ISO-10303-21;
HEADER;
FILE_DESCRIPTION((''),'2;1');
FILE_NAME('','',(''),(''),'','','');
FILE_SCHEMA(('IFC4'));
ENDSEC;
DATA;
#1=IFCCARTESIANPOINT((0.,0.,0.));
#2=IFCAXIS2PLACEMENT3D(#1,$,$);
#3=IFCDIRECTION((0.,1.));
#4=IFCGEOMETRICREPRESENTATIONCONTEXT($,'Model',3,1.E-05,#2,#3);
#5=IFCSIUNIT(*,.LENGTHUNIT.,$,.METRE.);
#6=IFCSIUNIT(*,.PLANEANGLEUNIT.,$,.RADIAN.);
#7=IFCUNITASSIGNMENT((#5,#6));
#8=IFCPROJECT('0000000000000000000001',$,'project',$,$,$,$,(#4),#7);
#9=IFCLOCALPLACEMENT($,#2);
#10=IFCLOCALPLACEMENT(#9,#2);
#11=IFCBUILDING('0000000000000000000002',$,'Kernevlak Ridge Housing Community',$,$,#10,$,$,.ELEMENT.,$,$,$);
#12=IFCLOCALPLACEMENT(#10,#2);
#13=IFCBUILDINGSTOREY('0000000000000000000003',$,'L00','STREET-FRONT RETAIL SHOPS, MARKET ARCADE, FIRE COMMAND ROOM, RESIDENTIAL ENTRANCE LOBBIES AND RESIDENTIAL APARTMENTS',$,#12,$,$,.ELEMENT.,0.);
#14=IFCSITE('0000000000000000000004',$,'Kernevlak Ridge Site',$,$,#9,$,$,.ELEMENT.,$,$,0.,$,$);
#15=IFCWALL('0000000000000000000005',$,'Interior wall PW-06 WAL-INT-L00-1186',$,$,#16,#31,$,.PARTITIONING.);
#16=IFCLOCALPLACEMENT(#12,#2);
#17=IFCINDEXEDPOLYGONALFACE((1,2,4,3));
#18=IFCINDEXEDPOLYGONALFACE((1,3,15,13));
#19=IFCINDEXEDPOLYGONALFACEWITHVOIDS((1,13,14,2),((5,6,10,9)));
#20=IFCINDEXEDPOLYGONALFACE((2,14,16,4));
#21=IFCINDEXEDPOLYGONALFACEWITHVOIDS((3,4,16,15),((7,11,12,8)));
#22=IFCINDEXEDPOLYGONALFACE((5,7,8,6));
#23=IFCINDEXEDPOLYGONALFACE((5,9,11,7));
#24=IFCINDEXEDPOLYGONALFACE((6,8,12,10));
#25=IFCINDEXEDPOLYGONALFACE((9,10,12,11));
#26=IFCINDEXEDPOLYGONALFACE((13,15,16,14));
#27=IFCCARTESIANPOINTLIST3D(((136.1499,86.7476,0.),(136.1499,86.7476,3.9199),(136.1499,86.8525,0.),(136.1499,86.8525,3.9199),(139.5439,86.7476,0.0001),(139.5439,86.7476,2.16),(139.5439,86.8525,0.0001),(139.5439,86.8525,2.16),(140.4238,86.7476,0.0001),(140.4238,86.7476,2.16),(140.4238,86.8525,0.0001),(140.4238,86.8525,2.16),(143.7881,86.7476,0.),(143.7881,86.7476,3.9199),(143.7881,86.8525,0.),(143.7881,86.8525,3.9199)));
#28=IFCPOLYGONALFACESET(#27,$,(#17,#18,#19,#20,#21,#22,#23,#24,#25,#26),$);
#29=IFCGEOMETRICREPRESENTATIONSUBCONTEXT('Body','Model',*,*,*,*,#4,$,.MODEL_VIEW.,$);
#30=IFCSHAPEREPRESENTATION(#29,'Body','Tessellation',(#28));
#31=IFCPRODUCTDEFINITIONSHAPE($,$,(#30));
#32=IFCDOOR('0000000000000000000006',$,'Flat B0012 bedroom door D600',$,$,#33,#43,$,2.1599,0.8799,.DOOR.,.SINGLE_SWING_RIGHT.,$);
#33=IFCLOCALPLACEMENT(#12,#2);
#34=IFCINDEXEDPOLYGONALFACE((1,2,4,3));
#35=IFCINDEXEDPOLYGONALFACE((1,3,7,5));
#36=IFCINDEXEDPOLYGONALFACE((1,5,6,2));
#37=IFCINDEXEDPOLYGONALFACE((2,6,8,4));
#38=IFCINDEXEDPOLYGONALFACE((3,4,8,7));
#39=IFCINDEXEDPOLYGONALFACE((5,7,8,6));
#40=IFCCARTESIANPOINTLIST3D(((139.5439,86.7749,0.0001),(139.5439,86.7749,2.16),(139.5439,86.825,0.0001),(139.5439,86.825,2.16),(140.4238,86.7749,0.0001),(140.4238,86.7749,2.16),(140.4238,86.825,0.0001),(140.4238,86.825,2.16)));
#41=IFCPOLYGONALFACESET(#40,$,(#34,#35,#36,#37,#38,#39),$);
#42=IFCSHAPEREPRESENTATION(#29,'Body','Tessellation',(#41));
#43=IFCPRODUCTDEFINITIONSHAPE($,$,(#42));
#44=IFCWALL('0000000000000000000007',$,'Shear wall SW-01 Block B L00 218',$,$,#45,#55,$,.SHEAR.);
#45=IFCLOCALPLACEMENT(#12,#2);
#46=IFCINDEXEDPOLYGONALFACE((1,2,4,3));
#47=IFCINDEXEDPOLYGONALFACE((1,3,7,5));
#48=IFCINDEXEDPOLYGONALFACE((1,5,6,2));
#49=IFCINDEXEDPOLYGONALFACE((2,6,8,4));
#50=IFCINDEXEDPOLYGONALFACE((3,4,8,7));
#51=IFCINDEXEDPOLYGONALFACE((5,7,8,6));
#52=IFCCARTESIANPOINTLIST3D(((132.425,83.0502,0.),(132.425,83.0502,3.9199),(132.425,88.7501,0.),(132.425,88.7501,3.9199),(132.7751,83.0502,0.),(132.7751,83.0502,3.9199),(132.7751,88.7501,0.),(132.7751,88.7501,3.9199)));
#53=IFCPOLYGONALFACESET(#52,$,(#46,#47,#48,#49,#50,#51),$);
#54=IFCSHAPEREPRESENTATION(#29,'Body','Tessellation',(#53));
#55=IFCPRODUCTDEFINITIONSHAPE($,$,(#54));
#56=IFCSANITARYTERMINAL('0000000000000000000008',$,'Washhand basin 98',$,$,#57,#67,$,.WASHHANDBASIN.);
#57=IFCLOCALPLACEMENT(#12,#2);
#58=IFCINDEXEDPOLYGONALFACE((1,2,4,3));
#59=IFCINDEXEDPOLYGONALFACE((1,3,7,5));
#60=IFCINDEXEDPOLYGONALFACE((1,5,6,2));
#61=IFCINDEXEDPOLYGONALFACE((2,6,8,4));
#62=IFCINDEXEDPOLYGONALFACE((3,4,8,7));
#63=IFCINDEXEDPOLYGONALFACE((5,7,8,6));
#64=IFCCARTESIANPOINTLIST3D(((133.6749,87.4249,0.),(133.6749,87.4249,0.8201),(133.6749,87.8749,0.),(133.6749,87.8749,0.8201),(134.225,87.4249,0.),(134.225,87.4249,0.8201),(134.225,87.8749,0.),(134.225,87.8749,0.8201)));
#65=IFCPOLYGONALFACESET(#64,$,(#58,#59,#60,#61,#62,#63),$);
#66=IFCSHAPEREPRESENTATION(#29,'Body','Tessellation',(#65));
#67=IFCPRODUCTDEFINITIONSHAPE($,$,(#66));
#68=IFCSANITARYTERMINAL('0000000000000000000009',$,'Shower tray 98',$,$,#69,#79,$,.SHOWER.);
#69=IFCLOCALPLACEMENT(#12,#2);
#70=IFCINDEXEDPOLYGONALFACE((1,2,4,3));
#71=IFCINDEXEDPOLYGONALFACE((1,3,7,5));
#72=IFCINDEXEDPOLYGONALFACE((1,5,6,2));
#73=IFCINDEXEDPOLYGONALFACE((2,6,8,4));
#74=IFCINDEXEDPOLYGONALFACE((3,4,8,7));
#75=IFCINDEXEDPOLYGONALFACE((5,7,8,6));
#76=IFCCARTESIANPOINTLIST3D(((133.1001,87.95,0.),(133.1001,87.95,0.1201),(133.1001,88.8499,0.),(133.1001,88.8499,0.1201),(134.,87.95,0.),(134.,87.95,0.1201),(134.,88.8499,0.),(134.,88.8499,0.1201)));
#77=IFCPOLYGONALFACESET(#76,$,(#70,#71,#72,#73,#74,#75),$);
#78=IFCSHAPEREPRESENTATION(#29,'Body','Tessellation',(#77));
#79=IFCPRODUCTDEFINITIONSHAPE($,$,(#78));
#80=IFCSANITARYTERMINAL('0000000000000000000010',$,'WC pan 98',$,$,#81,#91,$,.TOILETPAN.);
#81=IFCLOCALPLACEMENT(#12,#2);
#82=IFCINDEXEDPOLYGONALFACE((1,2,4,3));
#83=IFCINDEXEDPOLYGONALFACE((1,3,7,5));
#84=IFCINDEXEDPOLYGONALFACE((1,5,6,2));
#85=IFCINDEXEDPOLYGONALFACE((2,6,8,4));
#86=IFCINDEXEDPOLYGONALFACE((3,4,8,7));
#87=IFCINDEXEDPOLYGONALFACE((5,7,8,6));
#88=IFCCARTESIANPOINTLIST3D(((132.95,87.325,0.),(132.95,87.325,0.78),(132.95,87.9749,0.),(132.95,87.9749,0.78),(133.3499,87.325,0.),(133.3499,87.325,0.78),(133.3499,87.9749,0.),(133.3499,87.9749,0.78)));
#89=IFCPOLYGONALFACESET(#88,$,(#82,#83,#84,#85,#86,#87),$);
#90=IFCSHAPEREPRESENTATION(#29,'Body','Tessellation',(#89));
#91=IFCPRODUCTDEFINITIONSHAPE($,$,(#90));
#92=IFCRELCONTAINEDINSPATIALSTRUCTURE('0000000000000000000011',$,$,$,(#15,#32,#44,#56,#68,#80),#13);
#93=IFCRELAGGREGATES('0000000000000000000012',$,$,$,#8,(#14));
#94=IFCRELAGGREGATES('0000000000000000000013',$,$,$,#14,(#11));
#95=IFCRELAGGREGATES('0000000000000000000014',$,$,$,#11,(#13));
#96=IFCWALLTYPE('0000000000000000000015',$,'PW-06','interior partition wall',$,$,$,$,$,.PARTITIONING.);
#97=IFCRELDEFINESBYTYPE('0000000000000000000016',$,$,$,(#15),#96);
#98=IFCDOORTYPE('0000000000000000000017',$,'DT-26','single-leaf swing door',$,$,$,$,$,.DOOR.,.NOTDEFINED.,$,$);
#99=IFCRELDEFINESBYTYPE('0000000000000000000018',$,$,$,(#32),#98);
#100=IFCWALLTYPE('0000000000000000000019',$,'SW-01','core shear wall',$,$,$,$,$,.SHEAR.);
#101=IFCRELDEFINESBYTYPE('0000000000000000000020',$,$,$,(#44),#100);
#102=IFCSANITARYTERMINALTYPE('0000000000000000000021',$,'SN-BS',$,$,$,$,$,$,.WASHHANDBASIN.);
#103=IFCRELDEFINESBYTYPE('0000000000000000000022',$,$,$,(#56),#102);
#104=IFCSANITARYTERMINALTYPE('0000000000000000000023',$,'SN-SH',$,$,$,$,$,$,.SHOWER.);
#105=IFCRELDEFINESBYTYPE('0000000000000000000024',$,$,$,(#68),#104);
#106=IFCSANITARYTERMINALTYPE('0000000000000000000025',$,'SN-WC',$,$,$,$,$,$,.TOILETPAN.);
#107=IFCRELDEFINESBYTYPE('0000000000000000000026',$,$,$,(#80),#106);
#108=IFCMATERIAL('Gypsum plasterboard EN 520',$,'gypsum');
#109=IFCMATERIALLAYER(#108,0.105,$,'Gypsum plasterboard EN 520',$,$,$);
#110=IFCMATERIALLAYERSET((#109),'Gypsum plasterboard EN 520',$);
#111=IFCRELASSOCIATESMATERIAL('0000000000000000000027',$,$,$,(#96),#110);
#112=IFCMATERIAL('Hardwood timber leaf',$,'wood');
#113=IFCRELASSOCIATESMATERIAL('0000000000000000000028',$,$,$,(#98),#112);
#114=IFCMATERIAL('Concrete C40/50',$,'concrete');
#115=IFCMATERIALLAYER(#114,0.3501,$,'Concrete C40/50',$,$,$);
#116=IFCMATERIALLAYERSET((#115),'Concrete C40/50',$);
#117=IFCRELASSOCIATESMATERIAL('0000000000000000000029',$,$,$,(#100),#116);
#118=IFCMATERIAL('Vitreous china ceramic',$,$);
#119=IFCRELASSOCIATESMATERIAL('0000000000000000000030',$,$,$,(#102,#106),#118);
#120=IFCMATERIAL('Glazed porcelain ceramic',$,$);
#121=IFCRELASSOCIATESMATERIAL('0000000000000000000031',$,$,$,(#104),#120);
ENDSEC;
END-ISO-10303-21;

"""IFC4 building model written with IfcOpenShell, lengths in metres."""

from ifc_helpers import new_model, si_unit, direction, frame, frame_2d, origin, origin_2d, place, context, subcontext, project, spatial, rectangle, extrude, material, layer, layer_set, type_object, element, fill, save


model = new_model("IFC4")

# Units and contexts
model_context = context("Model", 3, precision=1e-05, world=origin(), true_north=direction((0.0, 1.0)))
body_context = subcontext(model_context, "Body", "Model", "MODEL_VIEW")
ifc_project = project(units=[si_unit("LENGTHUNIT", "METRE"), si_unit("PLANEANGLEUNIT", "RADIAN")], contexts=[model_context])

# Site, building, storey
site_placement = place(None, origin())
site = spatial("IfcSite", under=ifc_project, at=site_placement, Name="Kernevlak Ridge Site", CompositionType="ELEMENT", RefElevation=0.0)
building_placement = place(site_placement, origin())
building = spatial("IfcBuilding", under=site, at=building_placement, Name="Kernevlak Ridge Housing Community", CompositionType="ELEMENT")
storey_placement = place(building_placement, origin())
storey = spatial("IfcBuildingStorey", under=building, at=storey_placement, Name="L00", Description="STREET-FRONT RETAIL SHOPS, MARKET ARCADE, FIRE COMMAND ROOM, RESIDENTIAL ENTRANCE LOBBIES AND RESIDENTIAL APARTMENTS", CompositionType="ELEMENT", Elevation=0.0)

# Shared definitions
ifc_material_1 = material(Name="Concrete C40/50", Category="concrete")

# Shared definitions
ifc_material_2 = material(Name="Hardwood timber leaf", Category="wood")

# Shared definitions
ifc_material_3 = material(Name="Gypsum plasterboard EN 520", Category="gypsum")

# Wall, opening, door
ifc_layer_1 = layer(ifc_material_3, 0.105, Name="Gypsum plasterboard EN 520")
ifc_layer_set_1 = layer_set([ifc_layer_1], Name="Gypsum plasterboard EN 520")
wall_type_1 = type_object("IfcWallType", Name="PW-06", Description="interior partition wall", PredefinedType="PARTITIONING", material=ifc_layer_set_1)
wall_1_placement = place(storey_placement, frame((136.1499, 86.8, 0.0), z_axis=(0.0, 0.0, 1.0), x_axis=(1.0, 0.0, 0.0)))
wall_1 = element("IfcWall", 1, at=wall_1_placement, inside=storey, type_object=wall_type_1, Name="Interior wall PW-06 WAL-INT-L00-1186", PredefinedType="PARTITIONING", context=body_context, shape_type="SweptSolid", body=[
    extrude(rectangle(XDim=7.6382, YDim=0.105, at=frame_2d((3.8191, 0.0))), origin(), (0.0, 0.0, 1.0), 3.9199),
])
opening_1_placement = place(wall_1_placement, frame((3.394, 0.0, 0.0)))
opening_1 = element("IfcOpeningElement", 2, at=opening_1_placement, cuts=wall_1, PredefinedType="OPENING", context=body_context, shape_type="SweptSolid", body=[
    extrude(rectangle(XDim=0.8799, YDim=2.1599, at=frame_2d((0.4399, 1.0801))), frame((0.0, 0.0625, 0.0), z_axis=(0.0, -1.0, 0.0), x_axis=(1.0, 0.0, 0.0)), (0.0, 0.0, 1.0), 0.125),
])
door_type_1 = type_object("IfcDoorType", Name="DT-26", Description="single-leaf swing door", OperationType="NOTDEFINED", PredefinedType="DOOR", material=ifc_material_2)
door_1_placement = place(opening_1_placement, origin())
door_1 = element("IfcDoor", 3, at=door_1_placement, inside=storey, type_object=door_type_1, Name="Flat B0012 bedroom door D600", OperationType="SINGLE_SWING_RIGHT", OverallHeight=2.1599, OverallWidth=0.8799, PredefinedType="DOOR", context=body_context, shape_type="SweptSolid", body=[
    extrude(rectangle(XDim=0.8799, YDim=2.1599, at=frame_2d((0.4399, 1.0801))), frame((0.0, 0.0249, 0.0), z_axis=(0.0, -1.0, 0.0), x_axis=(1.0, 0.0, 0.0)), (0.0, 0.0, 1.0), 0.05),
])
fill(opening_1, door_1)

# Wall
ifc_layer_2 = layer(ifc_material_1, 0.3501, Name="Concrete C40/50")
ifc_layer_set_2 = layer_set([ifc_layer_2], Name="Concrete C40/50")
wall_type_2 = type_object("IfcWallType", Name="SW-01", Description="core shear wall", PredefinedType="SHEAR", material=ifc_layer_set_2)
wall_2_placement = place(storey_placement, frame((132.6001, 83.05, 0.0), z_axis=(0.0, 0.0, 1.0), x_axis=(0.0, 1.0, 0.0)))
element("IfcWall", 4, at=wall_2_placement, inside=storey, type_object=wall_type_2, Name="Shear wall SW-01 Block B L00 218", PredefinedType="SHEAR", context=body_context, shape_type="SweptSolid", body=[
    extrude(rectangle(XDim=5.7, YDim=0.3501, at=frame_2d((2.8501, 0.0))), origin(), (0.0, 0.0, 1.0), 3.9199),
])

# Sanitary terminals
ifc_material_4 = material(Name="Vitreous china ceramic")
sanitary_terminal_type_1 = type_object("IfcSanitaryTerminalType", Name="SN-BS", PredefinedType="WASHHANDBASIN", material=ifc_material_4)
sanitary_terminal_1_placement = place(storey_placement, frame((133.95, 87.6499, 0.0), z_axis=(0.0, 0.0, 1.0), x_axis=(1.0, 0.0, 0.0)))
element("IfcSanitaryTerminal", 5, at=sanitary_terminal_1_placement, inside=storey, type_object=sanitary_terminal_type_1, Name="Washhand basin 98", PredefinedType="WASHHANDBASIN", context=body_context, shape_type="SweptSolid", body=[
    extrude(rectangle(XDim=0.55, YDim=0.45, at=origin_2d()), origin(), (0.0, 0.0, 1.0), 0.8201),
])
ifc_material_5 = material(Name="Glazed porcelain ceramic")
sanitary_terminal_type_2 = type_object("IfcSanitaryTerminalType", Name="SN-SH", PredefinedType="SHOWER", material=ifc_material_5)
sanitary_terminal_2_placement = place(storey_placement, frame((133.55, 88.3999, 0.0), z_axis=(0.0, 0.0, 1.0), x_axis=(1.0, 0.0, 0.0)))
element("IfcSanitaryTerminal", 6, at=sanitary_terminal_2_placement, inside=storey, type_object=sanitary_terminal_type_2, Name="Shower tray 98", PredefinedType="SHOWER", context=body_context, shape_type="SweptSolid", body=[
    extrude(rectangle(XDim=0.8999, YDim=0.8999, at=origin_2d()), origin(), (0.0, 0.0, 1.0), 0.1201),
])
sanitary_terminal_type_3 = type_object("IfcSanitaryTerminalType", Name="SN-WC", PredefinedType="TOILETPAN", material=ifc_material_4)
sanitary_terminal_3_placement = place(storey_placement, frame((133.1499, 87.6499, 0.0), z_axis=(0.0, 0.0, 1.0), x_axis=(1.0, 0.0, 0.0)))
element("IfcSanitaryTerminal", 7, at=sanitary_terminal_3_placement, inside=storey, type_object=sanitary_terminal_type_3, Name="WC pan 98", PredefinedType="TOILETPAN", context=body_context, shape_type="SweptSolid", body=[
    extrude(rectangle(XDim=0.3999, YDim=0.6499, at=origin_2d()), origin(), (0.0, 0.0, 1.0), 0.78),
])

save(model, "model.ifc")
